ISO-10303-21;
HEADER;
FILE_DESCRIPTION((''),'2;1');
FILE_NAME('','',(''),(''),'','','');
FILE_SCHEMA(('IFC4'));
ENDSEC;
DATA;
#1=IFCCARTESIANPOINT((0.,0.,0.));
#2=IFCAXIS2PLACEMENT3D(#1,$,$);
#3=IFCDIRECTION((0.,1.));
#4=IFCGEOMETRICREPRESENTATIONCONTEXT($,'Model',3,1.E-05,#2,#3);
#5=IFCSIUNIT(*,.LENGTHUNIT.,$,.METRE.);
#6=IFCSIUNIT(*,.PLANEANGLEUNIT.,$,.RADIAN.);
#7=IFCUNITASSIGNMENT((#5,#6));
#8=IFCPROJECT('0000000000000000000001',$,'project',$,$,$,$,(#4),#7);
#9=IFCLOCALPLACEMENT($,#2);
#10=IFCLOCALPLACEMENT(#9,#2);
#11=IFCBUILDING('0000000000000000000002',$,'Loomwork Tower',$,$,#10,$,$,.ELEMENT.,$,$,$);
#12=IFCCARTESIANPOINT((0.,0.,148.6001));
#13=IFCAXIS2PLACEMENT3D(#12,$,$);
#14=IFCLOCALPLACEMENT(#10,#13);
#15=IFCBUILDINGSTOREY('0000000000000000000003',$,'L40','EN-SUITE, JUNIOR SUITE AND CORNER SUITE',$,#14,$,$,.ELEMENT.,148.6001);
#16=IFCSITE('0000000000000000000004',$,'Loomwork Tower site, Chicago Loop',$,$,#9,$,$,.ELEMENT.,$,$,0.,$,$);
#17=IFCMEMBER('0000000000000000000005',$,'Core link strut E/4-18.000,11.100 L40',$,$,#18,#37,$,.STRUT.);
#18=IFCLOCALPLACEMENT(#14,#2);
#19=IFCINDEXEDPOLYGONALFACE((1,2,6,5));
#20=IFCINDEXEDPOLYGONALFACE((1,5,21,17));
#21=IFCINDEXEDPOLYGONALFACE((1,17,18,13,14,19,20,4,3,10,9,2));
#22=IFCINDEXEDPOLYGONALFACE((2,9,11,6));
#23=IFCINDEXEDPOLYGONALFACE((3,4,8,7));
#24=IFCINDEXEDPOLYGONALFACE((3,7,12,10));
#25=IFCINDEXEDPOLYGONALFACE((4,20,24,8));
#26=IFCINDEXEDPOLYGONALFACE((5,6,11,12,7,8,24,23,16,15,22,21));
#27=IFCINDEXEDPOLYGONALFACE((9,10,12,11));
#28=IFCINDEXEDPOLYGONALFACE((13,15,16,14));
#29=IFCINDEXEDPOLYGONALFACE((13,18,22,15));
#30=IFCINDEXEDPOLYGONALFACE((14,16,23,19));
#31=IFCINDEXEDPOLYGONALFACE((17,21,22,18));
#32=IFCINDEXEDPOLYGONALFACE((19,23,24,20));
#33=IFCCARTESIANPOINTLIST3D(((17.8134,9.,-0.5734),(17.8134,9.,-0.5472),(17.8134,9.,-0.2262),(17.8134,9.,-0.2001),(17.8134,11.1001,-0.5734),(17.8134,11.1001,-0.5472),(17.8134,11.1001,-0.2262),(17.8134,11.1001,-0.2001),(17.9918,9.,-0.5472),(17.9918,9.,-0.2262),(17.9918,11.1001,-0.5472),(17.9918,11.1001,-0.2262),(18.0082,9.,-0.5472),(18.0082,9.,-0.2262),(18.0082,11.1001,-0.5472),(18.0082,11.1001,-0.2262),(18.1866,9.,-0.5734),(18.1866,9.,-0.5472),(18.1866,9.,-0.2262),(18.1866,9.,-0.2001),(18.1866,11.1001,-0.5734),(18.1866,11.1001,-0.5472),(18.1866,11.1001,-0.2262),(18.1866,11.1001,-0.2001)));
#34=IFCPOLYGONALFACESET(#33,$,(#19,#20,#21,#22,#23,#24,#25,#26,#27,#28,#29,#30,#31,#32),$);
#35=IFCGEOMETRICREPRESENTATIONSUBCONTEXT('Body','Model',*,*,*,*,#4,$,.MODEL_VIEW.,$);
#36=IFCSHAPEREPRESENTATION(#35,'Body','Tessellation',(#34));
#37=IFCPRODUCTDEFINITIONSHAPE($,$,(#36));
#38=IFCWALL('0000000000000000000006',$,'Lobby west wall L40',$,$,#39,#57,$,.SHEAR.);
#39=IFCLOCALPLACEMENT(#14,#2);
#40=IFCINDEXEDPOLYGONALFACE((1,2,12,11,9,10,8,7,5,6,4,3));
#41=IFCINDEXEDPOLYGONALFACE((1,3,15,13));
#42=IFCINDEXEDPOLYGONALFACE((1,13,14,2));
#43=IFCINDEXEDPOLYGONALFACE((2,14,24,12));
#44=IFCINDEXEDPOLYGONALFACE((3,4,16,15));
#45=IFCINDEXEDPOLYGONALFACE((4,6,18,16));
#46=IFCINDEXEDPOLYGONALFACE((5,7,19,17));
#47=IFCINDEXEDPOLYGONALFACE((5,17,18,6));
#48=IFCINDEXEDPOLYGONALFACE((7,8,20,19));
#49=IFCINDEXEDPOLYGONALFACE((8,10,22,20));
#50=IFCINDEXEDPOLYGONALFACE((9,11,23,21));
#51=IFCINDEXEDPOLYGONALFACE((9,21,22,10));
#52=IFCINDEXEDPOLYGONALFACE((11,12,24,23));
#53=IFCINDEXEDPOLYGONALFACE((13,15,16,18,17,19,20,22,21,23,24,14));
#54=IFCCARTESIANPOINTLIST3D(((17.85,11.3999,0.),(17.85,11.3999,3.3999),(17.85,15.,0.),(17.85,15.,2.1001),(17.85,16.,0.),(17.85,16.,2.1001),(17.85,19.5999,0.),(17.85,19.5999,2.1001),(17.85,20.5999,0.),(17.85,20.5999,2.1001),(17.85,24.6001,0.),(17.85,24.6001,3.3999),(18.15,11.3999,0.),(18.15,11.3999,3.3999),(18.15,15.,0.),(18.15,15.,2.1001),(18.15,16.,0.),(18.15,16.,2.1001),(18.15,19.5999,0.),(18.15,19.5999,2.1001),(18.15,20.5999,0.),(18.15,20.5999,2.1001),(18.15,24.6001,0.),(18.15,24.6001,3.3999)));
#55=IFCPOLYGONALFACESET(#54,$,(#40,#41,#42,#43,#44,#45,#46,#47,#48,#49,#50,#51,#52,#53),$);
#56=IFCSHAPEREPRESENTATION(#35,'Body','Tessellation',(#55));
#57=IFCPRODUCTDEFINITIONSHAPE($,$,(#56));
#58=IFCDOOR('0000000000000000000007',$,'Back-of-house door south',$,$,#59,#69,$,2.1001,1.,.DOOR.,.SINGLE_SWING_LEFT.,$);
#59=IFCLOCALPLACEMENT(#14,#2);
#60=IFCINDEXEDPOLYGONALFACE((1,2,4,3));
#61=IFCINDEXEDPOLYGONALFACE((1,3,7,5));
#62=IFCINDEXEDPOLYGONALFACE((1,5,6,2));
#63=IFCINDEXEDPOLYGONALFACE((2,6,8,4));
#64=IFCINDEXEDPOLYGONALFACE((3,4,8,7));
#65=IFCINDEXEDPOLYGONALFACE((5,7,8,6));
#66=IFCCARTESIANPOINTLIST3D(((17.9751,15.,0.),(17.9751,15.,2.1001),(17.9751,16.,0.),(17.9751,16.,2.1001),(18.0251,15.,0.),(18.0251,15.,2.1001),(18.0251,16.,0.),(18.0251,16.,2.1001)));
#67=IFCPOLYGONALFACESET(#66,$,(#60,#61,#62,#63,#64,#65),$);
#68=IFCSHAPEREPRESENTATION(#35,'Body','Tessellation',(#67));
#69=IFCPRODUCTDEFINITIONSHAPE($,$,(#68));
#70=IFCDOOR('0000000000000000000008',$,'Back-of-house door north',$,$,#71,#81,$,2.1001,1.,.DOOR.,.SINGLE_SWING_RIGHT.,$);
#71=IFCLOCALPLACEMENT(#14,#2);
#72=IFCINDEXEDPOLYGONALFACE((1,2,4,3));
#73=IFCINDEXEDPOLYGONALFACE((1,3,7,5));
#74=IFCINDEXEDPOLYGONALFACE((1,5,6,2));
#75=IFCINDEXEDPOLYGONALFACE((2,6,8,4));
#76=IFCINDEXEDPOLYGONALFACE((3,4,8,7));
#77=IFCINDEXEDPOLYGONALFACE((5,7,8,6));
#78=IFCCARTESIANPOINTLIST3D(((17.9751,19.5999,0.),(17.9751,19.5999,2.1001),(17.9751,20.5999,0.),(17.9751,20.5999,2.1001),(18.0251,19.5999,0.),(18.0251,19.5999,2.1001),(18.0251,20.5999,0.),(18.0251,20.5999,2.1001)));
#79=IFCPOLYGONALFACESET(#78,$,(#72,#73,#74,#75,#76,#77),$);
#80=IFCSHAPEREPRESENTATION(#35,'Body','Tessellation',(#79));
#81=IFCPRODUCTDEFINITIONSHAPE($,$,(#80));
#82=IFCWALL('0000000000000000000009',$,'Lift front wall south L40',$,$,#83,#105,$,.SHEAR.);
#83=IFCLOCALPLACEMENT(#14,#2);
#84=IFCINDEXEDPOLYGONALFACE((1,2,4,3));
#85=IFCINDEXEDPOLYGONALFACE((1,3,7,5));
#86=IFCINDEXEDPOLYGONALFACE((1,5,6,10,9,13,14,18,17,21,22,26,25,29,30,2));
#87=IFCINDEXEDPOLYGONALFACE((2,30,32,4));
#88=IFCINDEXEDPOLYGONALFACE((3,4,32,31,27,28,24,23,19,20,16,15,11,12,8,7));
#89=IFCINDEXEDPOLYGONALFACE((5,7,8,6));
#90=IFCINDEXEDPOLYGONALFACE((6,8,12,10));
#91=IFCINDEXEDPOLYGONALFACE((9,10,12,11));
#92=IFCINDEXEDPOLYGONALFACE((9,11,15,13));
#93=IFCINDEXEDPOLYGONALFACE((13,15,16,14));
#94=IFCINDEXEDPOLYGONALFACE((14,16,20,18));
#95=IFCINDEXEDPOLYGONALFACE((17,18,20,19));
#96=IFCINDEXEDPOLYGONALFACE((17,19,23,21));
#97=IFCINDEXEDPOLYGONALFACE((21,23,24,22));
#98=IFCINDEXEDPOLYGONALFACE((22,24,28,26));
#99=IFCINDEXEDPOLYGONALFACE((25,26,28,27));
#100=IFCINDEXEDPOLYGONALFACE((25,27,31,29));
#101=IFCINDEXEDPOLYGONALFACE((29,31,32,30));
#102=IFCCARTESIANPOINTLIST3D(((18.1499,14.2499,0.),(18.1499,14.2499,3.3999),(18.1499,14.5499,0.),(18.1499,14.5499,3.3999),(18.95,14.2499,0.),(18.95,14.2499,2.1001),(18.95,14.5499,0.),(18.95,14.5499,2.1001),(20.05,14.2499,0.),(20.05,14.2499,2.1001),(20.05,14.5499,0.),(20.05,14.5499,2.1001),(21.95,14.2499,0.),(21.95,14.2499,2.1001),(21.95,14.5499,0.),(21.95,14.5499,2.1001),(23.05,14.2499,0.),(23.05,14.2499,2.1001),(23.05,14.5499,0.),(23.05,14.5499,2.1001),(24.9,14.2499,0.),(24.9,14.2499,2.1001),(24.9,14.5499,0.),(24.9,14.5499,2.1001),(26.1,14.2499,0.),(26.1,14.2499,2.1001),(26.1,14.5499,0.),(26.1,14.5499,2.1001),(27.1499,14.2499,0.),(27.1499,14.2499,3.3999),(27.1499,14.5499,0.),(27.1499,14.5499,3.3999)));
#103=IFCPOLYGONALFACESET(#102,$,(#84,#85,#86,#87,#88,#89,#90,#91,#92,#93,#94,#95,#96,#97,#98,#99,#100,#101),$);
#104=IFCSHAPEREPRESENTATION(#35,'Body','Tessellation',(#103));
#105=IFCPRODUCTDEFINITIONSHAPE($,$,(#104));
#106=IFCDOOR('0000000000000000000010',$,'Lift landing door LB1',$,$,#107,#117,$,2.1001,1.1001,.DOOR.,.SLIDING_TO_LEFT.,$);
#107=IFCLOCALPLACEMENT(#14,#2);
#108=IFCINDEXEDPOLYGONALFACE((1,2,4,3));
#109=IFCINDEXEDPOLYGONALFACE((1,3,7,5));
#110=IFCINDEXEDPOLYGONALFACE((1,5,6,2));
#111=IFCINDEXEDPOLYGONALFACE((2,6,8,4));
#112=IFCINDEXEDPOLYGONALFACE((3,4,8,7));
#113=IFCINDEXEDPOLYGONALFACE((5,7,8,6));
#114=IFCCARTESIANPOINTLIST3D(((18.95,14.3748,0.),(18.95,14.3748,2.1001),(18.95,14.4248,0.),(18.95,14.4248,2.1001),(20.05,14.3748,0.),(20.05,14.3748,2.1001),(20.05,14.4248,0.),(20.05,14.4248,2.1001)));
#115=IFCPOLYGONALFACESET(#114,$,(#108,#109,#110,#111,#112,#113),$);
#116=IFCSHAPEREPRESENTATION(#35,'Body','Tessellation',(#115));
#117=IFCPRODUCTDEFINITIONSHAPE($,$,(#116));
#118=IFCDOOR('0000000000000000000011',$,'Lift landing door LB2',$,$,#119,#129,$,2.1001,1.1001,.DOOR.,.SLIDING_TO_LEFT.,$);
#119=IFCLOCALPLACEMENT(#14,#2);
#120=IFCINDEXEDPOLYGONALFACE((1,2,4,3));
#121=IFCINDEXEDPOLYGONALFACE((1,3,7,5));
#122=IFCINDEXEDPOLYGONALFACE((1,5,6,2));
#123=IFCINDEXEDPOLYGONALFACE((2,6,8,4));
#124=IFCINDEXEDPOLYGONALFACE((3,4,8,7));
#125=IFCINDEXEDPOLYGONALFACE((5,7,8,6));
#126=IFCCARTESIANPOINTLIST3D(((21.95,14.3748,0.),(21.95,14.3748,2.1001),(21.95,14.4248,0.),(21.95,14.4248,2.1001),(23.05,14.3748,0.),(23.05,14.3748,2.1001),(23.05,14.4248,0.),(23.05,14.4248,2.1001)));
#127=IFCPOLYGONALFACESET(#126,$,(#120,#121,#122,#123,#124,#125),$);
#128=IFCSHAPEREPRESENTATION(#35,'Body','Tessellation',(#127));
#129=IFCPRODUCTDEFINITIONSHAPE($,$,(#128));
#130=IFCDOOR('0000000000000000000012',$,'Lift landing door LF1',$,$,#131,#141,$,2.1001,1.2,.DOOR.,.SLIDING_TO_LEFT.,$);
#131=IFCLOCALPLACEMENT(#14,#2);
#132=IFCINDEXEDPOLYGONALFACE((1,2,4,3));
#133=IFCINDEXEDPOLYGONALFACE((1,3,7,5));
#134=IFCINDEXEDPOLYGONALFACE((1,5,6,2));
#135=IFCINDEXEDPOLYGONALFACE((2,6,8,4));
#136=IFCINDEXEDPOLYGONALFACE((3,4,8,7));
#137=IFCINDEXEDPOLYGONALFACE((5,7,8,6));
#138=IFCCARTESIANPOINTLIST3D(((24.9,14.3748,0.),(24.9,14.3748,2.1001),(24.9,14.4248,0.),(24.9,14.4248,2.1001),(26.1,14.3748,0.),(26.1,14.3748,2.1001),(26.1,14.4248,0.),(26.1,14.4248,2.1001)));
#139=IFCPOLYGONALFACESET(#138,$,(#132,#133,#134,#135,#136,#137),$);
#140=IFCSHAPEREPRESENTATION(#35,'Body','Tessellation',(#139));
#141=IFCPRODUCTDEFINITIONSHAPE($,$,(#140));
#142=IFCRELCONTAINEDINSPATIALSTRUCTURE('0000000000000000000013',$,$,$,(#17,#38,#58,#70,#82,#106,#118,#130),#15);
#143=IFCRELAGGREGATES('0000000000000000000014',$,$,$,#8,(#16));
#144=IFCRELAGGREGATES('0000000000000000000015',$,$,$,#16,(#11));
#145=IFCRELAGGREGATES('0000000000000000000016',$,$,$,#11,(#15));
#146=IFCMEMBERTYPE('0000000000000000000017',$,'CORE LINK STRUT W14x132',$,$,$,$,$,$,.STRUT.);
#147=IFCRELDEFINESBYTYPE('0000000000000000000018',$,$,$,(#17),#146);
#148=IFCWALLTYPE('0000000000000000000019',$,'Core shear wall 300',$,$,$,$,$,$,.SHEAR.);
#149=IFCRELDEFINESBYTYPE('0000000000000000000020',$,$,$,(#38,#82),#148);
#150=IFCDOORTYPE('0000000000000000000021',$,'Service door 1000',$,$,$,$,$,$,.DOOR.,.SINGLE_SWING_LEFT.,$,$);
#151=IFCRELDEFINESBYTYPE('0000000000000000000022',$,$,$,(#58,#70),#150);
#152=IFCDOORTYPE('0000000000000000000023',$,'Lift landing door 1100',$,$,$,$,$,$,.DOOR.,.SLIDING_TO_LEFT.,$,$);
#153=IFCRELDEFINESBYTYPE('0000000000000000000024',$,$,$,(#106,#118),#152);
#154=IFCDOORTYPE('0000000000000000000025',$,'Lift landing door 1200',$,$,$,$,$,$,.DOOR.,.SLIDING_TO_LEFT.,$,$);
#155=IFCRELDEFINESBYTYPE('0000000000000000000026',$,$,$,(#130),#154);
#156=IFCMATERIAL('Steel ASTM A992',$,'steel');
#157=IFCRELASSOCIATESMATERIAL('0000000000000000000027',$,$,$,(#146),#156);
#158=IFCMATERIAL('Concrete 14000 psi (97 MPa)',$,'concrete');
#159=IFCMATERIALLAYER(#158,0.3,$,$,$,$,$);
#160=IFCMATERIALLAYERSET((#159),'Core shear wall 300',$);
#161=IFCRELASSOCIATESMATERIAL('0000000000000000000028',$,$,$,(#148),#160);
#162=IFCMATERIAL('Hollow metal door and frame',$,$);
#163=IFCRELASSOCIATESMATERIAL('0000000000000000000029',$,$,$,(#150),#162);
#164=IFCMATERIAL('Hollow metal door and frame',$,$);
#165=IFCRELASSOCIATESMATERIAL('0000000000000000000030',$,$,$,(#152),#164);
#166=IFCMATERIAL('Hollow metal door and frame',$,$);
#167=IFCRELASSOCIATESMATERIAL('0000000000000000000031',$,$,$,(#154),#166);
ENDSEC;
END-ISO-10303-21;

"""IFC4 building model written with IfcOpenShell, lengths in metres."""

from ifc_helpers import new_model, si_unit, direction, frame, frame_2d, origin, origin_2d, place, context, subcontext, project, spatial, rectangle, i_section, extrude, material, layer, layer_set, material_profile, profile_set, type_object, element, fill, save


model = new_model("IFC4")

# Units and contexts
model_context = context("Model", 3, precision=1e-05, world=origin(), true_north=direction((0.0, 1.0)))
body_context = subcontext(model_context, "Body", "Model", "MODEL_VIEW")
ifc_project = project(units=[si_unit("LENGTHUNIT", "METRE"), si_unit("PLANEANGLEUNIT", "RADIAN")], contexts=[model_context])

# Site, building, storey
site_placement = place(None, origin())
site = spatial("IfcSite", under=ifc_project, at=site_placement, Name="Loomwork Tower site, Chicago Loop", CompositionType="ELEMENT", RefElevation=0.0)
building_placement = place(site_placement, origin())
building = spatial("IfcBuilding", under=site, at=building_placement, Name="Loomwork Tower", CompositionType="ELEMENT")
storey_placement = place(building_placement, frame((0.0, 0.0, 148.6001)))
storey = spatial("IfcBuildingStorey", under=building, at=storey_placement, Name="L40", Description="EN-SUITE, JUNIOR SUITE AND CORNER SUITE", CompositionType="ELEMENT", Elevation=148.6001)

# Member
ifc_material_1 = material(Name="Steel ASTM A992", Category="steel")
ifc_material_profile = material_profile(ifc_material_1, i_section(OverallWidth=0.3733, OverallDepth=0.3733, WebThickness=0.0164, FlangeThickness=0.0261, at=origin_2d()), Name="W14x132")
ifc_profile_set = profile_set([ifc_material_profile], Name="Steel ASTM A992")
member_type = type_object("IfcMemberType", Name="CORE LINK STRUT W14x132", PredefinedType="STRUT", material=ifc_profile_set)
member_placement = place(storey_placement, frame((18.0, 9.0, -0.3867), z_axis=(0.0, 1.0, 0.0), x_axis=(-1.0, 0.0, 0.0)))
element("IfcMember", 1, at=member_placement, inside=storey, type_object=member_type, Name="Core link strut E/4-18.000,11.100 L40", PredefinedType="STRUT", context=body_context, shape_type="SweptSolid", body=[
    extrude(i_section(OverallWidth=0.3733, OverallDepth=0.3733, WebThickness=0.0164, FlangeThickness=0.0261, at=origin_2d()), origin(), (0.0, 0.0, 1.0), 2.1001),
])

# Walls, openings, doors
ifc_material_2 = material(Name="Concrete 14000 psi (97 MPa)", Category="concrete")
ifc_layer_1 = layer(ifc_material_2, 0.3)
ifc_layer_set_1 = layer_set([ifc_layer_1], Name="Core shear wall 300")
wall_type_1 = type_object("IfcWallType", Name="Core shear wall 300", PredefinedType="SHEAR", material=ifc_layer_set_1)
wall_1_placement = place(storey_placement, frame((18.0, 11.3999, 0.0), z_axis=(0.0, 0.0, 1.0), x_axis=(0.0, 1.0, 0.0)))
wall_1 = element("IfcWall", 2, at=wall_1_placement, inside=storey, type_object=wall_type_1, Name="Lobby west wall L40", PredefinedType="SHEAR", context=body_context, shape_type="SweptSolid", body=[
    extrude(rectangle(XDim=13.2002, YDim=0.3, at=frame_2d((6.6001, 0.0))), origin(), (0.0, 0.0, 1.0), 3.3999),
])
opening_1_placement = place(wall_1_placement, frame((3.6001, 0.0, 0.0)))
opening_1 = element("IfcOpeningElement", 3, at=opening_1_placement, cuts=wall_1, PredefinedType="OPENING", context=body_context, shape_type="SweptSolid", body=[
    extrude(rectangle(XDim=1.0, YDim=2.1001, at=frame_2d((0.5, 1.05))), frame((0.0, 0.1599, 0.0), z_axis=(0.0, -1.0, 0.0), x_axis=(1.0, 0.0, 0.0)), (0.0, 0.0, 1.0), 0.3201),
])
opening_2_placement = place(wall_1_placement, frame((8.2, 0.0, 0.0)))
opening_2 = element("IfcOpeningElement", 4, at=opening_2_placement, cuts=wall_1, PredefinedType="OPENING", context=body_context, shape_type="SweptSolid", body=[
    extrude(rectangle(XDim=1.0, YDim=2.1001, at=frame_2d((0.5, 1.05))), frame((0.0, 0.1599, 0.0), z_axis=(0.0, -1.0, 0.0), x_axis=(1.0, 0.0, 0.0)), (0.0, 0.0, 1.0), 0.3201),
])
ifc_material_3 = material(Name="Hollow metal door and frame")
door_type_1 = type_object("IfcDoorType", Name="Service door 1000", OperationType="SINGLE_SWING_LEFT", PredefinedType="DOOR", material=ifc_material_3)
door_1_placement = place(opening_1_placement, origin())
door_1 = element("IfcDoor", 5, at=door_1_placement, inside=storey, type_object=door_type_1, Name="Back-of-house door south", OperationType="SINGLE_SWING_LEFT", OverallHeight=2.1001, OverallWidth=1.0, PredefinedType="DOOR", context=body_context, shape_type="SweptSolid", body=[
    extrude(rectangle(XDim=1.0, YDim=2.1001, at=frame_2d((0.5, 1.05))), frame((0.0, 0.0249, 0.0), z_axis=(0.0, -1.0, 0.0), x_axis=(1.0, 0.0, 0.0)), (0.0, 0.0, 1.0), 0.05),
])
fill(opening_1, door_1)
door_2_placement = place(opening_2_placement, origin())
door_2 = element("IfcDoor", 6, at=door_2_placement, inside=storey, type_object=door_type_1, Name="Back-of-house door north", OperationType="SINGLE_SWING_RIGHT", OverallHeight=2.1001, OverallWidth=1.0, PredefinedType="DOOR", context=body_context, shape_type="SweptSolid", body=[
    extrude(rectangle(XDim=1.0, YDim=2.1001, at=frame_2d((0.5, 1.05))), frame((0.0, 0.0249, 0.0), z_axis=(0.0, -1.0, 0.0), x_axis=(1.0, 0.0, 0.0)), (0.0, 0.0, 1.0), 0.05),
])
fill(opening_2, door_2)
wall_2_placement = place(storey_placement, frame((18.1499, 14.3999, 0.0), z_axis=(0.0, 0.0, 1.0), x_axis=(1.0, 0.0, 0.0)))
wall_2 = element("IfcWall", 7, at=wall_2_placement, inside=storey, type_object=wall_type_1, Name="Lift front wall south L40", PredefinedType="SHEAR", context=body_context, shape_type="SweptSolid", body=[
    extrude(rectangle(XDim=9.0, YDim=0.3, at=frame_2d((4.5, 0.0))), origin(), (0.0, 0.0, 1.0), 3.3999),
])
opening_3_placement = place(wall_2_placement, frame((0.8, 0.0, 0.0)))
opening_3 = element("IfcOpeningElement", 8, at=opening_3_placement, cuts=wall_2, PredefinedType="OPENING", context=body_context, shape_type="SweptSolid", body=[
    extrude(rectangle(XDim=1.1001, YDim=2.1001, at=frame_2d((0.55, 1.05))), frame((0.0, 0.1599, 0.0), z_axis=(0.0, -1.0, 0.0), x_axis=(1.0, 0.0, 0.0)), (0.0, 0.0, 1.0), 0.3201),
])
opening_4_placement = place(wall_2_placement, frame((3.8, 0.0, 0.0)))
opening_4 = element("IfcOpeningElement", 9, at=opening_4_placement, cuts=wall_2, PredefinedType="OPENING", context=body_context, shape_type="SweptSolid", body=[
    extrude(rectangle(XDim=1.1001, YDim=2.1001, at=frame_2d((0.55, 1.05))), frame((0.0, 0.1599, 0.0), z_axis=(0.0, -1.0, 0.0), x_axis=(1.0, 0.0, 0.0)), (0.0, 0.0, 1.0), 0.3201),
])
opening_5_placement = place(wall_2_placement, frame((6.75, 0.0, 0.0)))
opening_5 = element("IfcOpeningElement", 10, at=opening_5_placement, cuts=wall_2, PredefinedType="OPENING", context=body_context, shape_type="SweptSolid", body=[
    extrude(rectangle(XDim=1.2, YDim=2.1001, at=frame_2d((0.6001, 1.05))), frame((0.0, 0.1599, 0.0), z_axis=(0.0, -1.0, 0.0), x_axis=(1.0, 0.0, 0.0)), (0.0, 0.0, 1.0), 0.3201),
])
ifc_material_4 = material(Name="Hollow metal door and frame")
door_type_2 = type_object("IfcDoorType", Name="Lift landing door 1100", OperationType="SLIDING_TO_LEFT", PredefinedType="DOOR", material=ifc_material_4)
door_3_placement = place(opening_3_placement, origin())
door_3 = element("IfcDoor", 11, at=door_3_placement, inside=storey, type_object=door_type_2, Name="Lift landing door LB1", OperationType="SLIDING_TO_LEFT", OverallHeight=2.1001, OverallWidth=1.1001, PredefinedType="DOOR", context=body_context, shape_type="SweptSolid", body=[
    extrude(rectangle(XDim=1.1001, YDim=2.1001, at=frame_2d((0.55, 1.05))), frame((0.0, 0.0249, 0.0), z_axis=(0.0, -1.0, 0.0), x_axis=(1.0, 0.0, 0.0)), (0.0, 0.0, 1.0), 0.05),
])
fill(opening_3, door_3)
door_4_placement = place(opening_4_placement, origin())
door_4 = element("IfcDoor", 12, at=door_4_placement, inside=storey, type_object=door_type_2, Name="Lift landing door LB2", OperationType="SLIDING_TO_LEFT", OverallHeight=2.1001, OverallWidth=1.1001, PredefinedType="DOOR", context=body_context, shape_type="SweptSolid", body=[
    extrude(rectangle(XDim=1.1001, YDim=2.1001, at=frame_2d((0.55, 1.05))), frame((0.0, 0.0249, 0.0), z_axis=(0.0, -1.0, 0.0), x_axis=(1.0, 0.0, 0.0)), (0.0, 0.0, 1.0), 0.05),
])
fill(opening_4, door_4)
ifc_material_5 = material(Name="Hollow metal door and frame")
door_type_3 = type_object("IfcDoorType", Name="Lift landing door 1200", OperationType="SLIDING_TO_LEFT", PredefinedType="DOOR", material=ifc_material_5)
door_5_placement = place(opening_5_placement, origin())
door_5 = element("IfcDoor", 13, at=door_5_placement, inside=storey, type_object=door_type_3, Name="Lift landing door LF1", OperationType="SLIDING_TO_LEFT", OverallHeight=2.1001, OverallWidth=1.2, PredefinedType="DOOR", context=body_context, shape_type="SweptSolid", body=[
    extrude(rectangle(XDim=1.2, YDim=2.1001, at=frame_2d((0.6001, 1.05))), frame((0.0, 0.0249, 0.0), z_axis=(0.0, -1.0, 0.0), x_axis=(1.0, 0.0, 0.0)), (0.0, 0.0, 1.0), 0.05),
])
fill(opening_5, door_5)

save(model, "model.ifc")
